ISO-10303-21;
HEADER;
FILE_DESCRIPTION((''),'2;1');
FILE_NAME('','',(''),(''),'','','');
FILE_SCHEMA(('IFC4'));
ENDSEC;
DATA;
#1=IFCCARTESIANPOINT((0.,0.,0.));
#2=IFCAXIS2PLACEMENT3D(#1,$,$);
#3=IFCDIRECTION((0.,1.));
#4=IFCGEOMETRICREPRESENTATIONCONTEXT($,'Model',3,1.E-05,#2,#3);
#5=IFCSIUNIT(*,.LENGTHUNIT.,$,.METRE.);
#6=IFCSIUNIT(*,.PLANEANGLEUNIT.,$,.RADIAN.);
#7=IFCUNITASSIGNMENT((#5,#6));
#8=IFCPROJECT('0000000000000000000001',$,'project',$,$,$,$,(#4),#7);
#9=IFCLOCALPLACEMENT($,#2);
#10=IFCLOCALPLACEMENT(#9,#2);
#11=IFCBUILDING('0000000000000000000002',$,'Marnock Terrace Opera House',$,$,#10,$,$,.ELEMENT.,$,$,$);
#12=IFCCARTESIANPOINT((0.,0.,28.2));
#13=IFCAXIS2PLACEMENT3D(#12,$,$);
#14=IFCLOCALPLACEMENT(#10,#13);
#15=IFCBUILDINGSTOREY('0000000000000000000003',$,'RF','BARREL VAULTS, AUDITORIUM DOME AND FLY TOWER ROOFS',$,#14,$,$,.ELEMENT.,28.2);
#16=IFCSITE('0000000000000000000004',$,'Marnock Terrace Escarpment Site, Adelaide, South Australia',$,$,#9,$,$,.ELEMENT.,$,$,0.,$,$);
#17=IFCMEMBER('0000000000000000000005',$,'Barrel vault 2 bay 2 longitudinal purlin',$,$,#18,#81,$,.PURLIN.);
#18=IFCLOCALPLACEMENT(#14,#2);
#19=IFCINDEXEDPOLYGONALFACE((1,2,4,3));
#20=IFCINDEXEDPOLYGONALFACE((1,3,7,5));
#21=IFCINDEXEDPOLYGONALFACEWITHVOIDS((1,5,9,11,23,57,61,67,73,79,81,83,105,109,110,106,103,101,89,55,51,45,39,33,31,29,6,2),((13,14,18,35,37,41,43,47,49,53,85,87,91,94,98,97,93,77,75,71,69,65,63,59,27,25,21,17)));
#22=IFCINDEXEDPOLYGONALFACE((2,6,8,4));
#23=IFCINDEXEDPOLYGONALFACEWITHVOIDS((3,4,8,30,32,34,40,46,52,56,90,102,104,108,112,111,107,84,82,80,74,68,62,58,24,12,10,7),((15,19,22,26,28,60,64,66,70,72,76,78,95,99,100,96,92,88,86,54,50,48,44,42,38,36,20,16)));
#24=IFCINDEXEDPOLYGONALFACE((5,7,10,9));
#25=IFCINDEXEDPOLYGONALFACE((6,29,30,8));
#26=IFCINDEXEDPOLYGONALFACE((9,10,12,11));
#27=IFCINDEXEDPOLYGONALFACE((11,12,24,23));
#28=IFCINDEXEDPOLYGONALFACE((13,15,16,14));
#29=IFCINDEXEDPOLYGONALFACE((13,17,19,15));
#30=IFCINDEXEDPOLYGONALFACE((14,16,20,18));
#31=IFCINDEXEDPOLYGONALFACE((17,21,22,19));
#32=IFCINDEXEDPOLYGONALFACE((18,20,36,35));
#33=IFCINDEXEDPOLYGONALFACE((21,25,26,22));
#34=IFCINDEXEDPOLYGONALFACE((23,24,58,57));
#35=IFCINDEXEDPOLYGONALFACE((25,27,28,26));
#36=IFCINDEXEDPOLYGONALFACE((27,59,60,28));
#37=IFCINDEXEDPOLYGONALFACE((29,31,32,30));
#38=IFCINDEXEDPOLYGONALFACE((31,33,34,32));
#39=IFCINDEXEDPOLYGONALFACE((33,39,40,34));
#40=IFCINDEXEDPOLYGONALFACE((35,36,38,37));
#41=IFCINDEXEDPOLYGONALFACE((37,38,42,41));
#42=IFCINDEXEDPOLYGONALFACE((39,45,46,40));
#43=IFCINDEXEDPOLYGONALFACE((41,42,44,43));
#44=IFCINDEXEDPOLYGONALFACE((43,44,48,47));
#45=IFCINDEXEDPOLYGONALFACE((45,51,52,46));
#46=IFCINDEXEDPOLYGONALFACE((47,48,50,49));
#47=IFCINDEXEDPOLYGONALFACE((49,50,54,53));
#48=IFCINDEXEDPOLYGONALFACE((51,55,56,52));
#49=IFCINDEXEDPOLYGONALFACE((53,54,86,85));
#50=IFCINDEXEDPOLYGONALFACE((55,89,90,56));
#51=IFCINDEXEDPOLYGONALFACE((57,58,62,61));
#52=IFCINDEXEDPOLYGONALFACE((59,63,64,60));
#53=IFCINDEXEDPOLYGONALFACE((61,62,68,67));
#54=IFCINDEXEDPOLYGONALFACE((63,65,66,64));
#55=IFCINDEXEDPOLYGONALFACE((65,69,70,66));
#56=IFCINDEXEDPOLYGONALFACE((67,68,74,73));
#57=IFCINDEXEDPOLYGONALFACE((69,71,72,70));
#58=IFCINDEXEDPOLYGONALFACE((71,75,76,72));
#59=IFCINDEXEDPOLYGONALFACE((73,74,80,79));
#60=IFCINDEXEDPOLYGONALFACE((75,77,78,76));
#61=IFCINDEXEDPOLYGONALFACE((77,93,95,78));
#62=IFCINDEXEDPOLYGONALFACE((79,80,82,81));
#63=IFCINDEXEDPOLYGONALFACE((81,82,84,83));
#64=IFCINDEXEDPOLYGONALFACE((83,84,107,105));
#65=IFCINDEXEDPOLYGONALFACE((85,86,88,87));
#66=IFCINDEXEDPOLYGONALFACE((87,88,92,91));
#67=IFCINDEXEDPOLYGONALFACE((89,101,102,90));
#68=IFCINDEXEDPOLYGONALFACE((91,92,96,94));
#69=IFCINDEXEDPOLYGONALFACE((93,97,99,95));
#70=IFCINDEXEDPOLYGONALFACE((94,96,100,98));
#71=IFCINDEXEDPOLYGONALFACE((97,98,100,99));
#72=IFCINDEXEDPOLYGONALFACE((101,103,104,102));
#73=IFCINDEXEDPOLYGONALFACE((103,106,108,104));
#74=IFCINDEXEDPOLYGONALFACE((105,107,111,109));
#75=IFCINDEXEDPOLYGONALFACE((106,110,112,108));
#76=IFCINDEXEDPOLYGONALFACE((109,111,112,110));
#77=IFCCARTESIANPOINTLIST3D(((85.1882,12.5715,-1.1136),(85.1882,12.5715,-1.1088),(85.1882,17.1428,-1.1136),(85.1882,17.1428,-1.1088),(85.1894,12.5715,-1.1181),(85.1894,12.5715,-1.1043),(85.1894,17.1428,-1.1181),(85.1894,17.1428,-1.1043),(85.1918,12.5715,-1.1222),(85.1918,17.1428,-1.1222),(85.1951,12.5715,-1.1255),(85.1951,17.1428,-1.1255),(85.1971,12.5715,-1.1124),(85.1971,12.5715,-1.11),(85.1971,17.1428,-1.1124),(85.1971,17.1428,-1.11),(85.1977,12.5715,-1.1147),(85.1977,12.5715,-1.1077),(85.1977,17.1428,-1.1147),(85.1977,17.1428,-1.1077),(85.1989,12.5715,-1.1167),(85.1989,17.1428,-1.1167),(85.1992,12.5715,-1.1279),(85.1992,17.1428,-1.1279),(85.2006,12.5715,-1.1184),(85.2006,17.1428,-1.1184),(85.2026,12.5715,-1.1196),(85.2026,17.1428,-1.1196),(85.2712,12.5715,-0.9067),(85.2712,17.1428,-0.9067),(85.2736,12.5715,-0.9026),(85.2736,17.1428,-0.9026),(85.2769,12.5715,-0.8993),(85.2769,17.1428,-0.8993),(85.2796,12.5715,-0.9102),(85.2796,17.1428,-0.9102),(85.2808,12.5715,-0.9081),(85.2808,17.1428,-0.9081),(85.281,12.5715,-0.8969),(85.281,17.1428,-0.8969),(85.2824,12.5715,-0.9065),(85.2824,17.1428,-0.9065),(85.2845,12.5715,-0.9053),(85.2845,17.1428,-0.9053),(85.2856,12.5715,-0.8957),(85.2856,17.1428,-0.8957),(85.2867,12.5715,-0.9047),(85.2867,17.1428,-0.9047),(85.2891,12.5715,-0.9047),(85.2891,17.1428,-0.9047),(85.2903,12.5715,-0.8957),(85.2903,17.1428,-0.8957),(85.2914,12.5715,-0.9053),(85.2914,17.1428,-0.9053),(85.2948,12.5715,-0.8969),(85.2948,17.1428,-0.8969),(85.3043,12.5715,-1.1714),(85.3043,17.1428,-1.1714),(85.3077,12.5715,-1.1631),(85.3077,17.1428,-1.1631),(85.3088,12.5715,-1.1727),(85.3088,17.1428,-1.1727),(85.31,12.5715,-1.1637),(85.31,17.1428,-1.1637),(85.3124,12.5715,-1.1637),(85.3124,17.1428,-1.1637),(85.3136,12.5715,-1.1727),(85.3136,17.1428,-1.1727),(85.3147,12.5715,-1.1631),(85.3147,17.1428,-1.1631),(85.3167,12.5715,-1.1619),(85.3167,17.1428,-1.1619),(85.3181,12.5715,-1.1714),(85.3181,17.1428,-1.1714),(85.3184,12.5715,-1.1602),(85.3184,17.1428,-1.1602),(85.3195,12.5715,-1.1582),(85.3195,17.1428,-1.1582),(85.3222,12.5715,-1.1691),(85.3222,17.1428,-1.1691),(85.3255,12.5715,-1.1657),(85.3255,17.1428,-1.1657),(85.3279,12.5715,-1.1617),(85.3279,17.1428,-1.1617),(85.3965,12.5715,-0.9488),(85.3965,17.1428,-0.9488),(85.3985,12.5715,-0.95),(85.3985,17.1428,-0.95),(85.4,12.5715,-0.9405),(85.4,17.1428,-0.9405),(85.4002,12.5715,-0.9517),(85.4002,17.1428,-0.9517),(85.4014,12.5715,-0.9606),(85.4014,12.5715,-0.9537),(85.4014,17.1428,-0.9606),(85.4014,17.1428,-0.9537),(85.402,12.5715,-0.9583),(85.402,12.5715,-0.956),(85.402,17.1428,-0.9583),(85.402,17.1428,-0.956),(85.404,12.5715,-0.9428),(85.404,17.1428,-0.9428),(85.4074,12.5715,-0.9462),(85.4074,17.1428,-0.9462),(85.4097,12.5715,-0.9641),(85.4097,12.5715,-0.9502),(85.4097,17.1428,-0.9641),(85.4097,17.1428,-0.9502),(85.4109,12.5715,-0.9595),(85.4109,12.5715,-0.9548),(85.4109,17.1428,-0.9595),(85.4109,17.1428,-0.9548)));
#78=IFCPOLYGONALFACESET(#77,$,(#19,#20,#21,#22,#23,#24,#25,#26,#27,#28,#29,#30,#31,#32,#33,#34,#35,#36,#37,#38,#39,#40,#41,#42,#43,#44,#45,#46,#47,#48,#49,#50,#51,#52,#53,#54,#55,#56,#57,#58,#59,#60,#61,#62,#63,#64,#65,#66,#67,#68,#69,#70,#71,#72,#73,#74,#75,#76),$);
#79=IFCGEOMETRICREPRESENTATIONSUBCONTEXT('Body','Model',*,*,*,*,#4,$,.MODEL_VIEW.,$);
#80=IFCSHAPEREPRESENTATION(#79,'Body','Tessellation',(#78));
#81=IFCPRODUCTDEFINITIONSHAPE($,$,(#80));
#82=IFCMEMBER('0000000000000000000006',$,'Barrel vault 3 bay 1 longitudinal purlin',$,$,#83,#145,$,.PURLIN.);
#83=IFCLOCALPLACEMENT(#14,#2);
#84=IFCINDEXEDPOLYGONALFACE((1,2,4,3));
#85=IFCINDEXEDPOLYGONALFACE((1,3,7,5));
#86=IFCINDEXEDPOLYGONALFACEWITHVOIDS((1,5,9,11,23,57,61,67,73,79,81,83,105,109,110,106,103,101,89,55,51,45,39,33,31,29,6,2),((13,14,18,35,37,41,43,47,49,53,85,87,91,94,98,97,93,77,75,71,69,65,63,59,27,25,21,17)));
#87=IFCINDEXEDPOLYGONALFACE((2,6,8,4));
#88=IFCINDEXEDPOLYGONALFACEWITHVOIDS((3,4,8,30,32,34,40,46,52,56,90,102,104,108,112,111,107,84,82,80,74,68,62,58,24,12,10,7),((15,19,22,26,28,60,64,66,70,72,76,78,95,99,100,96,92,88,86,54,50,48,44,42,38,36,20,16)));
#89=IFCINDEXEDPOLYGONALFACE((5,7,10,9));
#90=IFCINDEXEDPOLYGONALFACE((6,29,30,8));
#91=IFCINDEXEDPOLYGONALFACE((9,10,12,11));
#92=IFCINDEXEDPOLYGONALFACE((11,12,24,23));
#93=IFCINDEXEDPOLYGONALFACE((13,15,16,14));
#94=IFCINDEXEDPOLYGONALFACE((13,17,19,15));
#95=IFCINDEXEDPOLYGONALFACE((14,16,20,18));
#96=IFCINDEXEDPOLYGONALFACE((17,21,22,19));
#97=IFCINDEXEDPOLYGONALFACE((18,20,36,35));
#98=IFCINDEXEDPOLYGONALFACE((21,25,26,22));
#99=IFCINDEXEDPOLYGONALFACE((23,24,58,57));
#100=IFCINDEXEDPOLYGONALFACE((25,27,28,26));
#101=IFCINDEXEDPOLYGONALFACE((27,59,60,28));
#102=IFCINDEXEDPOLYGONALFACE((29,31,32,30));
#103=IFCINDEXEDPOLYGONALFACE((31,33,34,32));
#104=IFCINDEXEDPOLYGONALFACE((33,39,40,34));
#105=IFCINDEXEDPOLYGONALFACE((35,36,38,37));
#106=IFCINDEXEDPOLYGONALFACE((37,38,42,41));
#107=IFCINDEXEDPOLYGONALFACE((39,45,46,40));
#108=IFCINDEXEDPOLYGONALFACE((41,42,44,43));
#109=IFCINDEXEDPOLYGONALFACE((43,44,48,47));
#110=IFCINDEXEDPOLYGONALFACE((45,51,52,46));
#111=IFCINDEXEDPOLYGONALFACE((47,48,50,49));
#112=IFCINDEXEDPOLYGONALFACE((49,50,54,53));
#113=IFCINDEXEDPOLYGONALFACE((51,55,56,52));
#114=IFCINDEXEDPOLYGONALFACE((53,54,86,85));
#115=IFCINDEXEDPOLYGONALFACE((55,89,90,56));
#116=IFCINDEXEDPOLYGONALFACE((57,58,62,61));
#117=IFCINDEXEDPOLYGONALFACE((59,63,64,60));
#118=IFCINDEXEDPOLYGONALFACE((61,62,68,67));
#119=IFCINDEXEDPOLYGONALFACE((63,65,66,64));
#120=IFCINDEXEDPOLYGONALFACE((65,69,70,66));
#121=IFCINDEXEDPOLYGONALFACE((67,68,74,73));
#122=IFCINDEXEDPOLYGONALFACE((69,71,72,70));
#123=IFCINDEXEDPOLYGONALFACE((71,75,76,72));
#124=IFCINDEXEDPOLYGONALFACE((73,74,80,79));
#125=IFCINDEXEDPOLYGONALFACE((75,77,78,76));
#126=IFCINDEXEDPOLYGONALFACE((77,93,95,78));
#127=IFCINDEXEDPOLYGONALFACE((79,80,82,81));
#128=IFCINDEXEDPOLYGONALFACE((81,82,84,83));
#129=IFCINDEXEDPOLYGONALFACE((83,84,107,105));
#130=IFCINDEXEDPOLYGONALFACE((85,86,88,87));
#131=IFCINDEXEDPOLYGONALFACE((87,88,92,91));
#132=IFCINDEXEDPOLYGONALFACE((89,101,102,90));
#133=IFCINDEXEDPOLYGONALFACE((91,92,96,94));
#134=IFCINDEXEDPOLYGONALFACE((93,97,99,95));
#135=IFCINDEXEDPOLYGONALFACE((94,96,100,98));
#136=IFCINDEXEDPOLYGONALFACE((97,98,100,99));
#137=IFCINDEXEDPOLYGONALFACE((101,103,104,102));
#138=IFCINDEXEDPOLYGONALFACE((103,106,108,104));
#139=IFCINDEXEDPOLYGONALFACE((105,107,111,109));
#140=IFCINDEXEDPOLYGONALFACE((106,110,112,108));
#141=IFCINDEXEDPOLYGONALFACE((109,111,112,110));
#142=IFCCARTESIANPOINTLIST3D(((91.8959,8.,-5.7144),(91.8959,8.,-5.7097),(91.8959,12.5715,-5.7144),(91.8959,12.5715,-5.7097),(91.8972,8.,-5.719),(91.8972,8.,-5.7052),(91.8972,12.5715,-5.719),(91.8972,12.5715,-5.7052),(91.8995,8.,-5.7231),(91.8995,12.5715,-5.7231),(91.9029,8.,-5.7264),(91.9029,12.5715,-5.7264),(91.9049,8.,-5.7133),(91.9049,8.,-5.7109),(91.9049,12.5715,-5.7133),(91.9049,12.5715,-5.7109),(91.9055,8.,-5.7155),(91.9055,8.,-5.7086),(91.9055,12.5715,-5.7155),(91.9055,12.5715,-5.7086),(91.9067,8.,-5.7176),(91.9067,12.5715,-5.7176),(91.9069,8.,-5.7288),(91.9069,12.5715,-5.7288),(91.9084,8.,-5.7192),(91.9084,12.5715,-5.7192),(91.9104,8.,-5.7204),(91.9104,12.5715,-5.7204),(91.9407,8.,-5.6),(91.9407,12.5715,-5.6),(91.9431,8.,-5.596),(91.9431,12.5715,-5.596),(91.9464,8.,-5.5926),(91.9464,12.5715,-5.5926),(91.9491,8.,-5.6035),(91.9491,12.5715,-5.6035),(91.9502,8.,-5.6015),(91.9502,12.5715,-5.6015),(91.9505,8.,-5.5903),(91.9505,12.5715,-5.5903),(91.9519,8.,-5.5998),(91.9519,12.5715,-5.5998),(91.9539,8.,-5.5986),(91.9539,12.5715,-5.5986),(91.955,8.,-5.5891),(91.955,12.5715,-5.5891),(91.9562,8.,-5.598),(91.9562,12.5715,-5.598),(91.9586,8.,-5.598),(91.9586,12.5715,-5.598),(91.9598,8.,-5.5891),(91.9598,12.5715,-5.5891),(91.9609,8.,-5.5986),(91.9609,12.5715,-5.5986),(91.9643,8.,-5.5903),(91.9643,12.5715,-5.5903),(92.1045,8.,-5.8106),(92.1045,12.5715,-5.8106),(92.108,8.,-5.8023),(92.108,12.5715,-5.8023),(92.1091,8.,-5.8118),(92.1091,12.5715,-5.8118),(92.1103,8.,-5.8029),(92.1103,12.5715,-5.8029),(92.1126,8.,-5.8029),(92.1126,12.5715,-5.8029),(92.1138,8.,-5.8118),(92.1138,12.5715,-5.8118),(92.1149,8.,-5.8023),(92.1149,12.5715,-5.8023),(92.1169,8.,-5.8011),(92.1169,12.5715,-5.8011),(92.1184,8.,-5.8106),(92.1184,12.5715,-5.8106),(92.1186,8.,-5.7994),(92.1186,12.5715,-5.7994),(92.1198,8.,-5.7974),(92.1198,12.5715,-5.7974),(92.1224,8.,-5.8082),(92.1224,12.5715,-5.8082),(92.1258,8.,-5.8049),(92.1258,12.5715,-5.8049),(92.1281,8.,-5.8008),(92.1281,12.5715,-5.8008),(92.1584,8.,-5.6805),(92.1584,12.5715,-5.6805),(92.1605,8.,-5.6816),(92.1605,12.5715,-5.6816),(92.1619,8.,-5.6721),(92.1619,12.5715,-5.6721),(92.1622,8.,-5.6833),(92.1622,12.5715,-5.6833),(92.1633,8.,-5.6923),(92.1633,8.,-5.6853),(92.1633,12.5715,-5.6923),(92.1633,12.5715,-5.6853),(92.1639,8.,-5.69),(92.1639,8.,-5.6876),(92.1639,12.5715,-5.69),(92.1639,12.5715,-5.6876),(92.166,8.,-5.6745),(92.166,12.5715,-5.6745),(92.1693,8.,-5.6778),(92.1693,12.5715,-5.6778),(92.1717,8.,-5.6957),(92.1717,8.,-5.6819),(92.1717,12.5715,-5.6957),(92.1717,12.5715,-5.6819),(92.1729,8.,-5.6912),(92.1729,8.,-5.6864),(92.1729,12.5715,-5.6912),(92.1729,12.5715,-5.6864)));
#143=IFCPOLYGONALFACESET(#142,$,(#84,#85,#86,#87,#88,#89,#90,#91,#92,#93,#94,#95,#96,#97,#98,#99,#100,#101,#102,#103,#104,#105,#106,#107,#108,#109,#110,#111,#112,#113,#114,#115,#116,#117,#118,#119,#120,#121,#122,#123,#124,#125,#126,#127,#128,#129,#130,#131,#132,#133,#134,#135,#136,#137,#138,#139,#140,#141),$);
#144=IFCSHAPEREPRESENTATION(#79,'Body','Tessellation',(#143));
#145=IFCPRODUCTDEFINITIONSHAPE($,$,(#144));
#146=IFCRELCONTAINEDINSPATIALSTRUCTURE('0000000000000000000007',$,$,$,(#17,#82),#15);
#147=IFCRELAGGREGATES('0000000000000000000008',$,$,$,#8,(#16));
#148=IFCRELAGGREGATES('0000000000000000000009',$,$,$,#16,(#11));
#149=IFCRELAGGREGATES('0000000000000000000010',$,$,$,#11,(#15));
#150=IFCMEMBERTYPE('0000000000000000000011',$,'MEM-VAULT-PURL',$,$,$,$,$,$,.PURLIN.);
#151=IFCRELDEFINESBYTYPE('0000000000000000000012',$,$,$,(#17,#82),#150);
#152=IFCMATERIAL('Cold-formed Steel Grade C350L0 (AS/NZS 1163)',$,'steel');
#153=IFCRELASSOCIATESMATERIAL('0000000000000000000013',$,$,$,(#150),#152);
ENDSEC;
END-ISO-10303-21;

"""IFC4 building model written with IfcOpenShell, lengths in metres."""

from ifc_helpers import new_model, si_unit, direction, frame, origin, origin_2d, place, context, subcontext, project, spatial, hollow_rectangle, extrude, material, material_profile, profile_set, type_object, element, save


model = new_model("IFC4")

# Units and contexts
model_context = context("Model", 3, precision=1e-05, world=origin(), true_north=direction((0.0, 1.0)))
body_context = subcontext(model_context, "Body", "Model", "MODEL_VIEW")
ifc_project = project(units=[si_unit("LENGTHUNIT", "METRE"), si_unit("PLANEANGLEUNIT", "RADIAN")], contexts=[model_context])

# Site, building, storey
site_placement = place(None, origin())
site = spatial("IfcSite", under=ifc_project, at=site_placement, Name="Marnock Terrace Escarpment Site, Adelaide, South Australia", CompositionType="ELEMENT", RefElevation=0.0)
building_placement = place(site_placement, origin())
building = spatial("IfcBuilding", under=site, at=building_placement, Name="Marnock Terrace Opera House", CompositionType="ELEMENT")
storey_placement = place(building_placement, frame((0.0, 0.0, 28.2)))
storey = spatial("IfcBuildingStorey", under=building, at=storey_placement, Name="RF", Description="BARREL VAULTS, AUDITORIUM DOME AND FLY TOWER ROOFS", CompositionType="ELEMENT", Elevation=28.2)

# Members
ifc_material_1 = material(Name="Cold-formed Steel Grade C350L0 (AS/NZS 1163)", Category="steel")
ifc_material_profile_1 = material_profile(ifc_material_1, hollow_rectangle(XDim=0.1499, YDim=0.25, WallThickness=0.009, InnerFilletRadius=0.009, OuterFilletRadius=0.0181, at=origin_2d()))
ifc_profile_set_1 = profile_set([ifc_material_profile_1], Name="Cold-formed Steel Grade C350L0 (AS/NZS 1163)")
member_type_1 = type_object("IfcMemberType", Name="MEM-VAULT-PURL", PredefinedType="PURLIN", material=ifc_profile_set_1)
for number, where, z_axis, x_axis, name in (
    (1, (85.2996, 12.5715, -1.0342), (0.0, 1.0, 0.0), (-0.92388, 0.0, 0.382683), "Barrel vault 2 bay 2 longitudinal purlin"),
):
    element("IfcMember", number, at=place(storey_placement, frame(where, z_axis=z_axis, x_axis=x_axis)), inside=storey, type_object=member_type_1, Name=name, PredefinedType="PURLIN", context=body_context, shape_type="SweptSolid", body=[
        extrude(hollow_rectangle(XDim=0.1499, YDim=0.25, WallThickness=0.009, InnerFilletRadius=0.009, OuterFilletRadius=0.0181, at=origin_2d()), origin(), (0.0, 0.0, 1.0), 4.5713),
    ])
for number, where, z_axis, x_axis, name in (
    (2, (92.0344, 8.0, -5.7004), (0.0, 1.0, 0.0), (-0.382683, 0.0, -0.92388), "Barrel vault 3 bay 1 longitudinal purlin"),
):
    element("IfcMember", number, at=place(storey_placement, frame(where, z_axis=z_axis, x_axis=x_axis)), inside=storey, type_object=member_type_1, Name=name, PredefinedType="PURLIN", context=body_context, shape_type="SweptSolid", body=[
        extrude(hollow_rectangle(XDim=0.1499, YDim=0.25, WallThickness=0.009, InnerFilletRadius=0.009, OuterFilletRadius=0.0181, at=origin_2d()), origin(), (0.0, 0.0, 1.0), 4.5715),
    ])

save(model, "model.ifc")
